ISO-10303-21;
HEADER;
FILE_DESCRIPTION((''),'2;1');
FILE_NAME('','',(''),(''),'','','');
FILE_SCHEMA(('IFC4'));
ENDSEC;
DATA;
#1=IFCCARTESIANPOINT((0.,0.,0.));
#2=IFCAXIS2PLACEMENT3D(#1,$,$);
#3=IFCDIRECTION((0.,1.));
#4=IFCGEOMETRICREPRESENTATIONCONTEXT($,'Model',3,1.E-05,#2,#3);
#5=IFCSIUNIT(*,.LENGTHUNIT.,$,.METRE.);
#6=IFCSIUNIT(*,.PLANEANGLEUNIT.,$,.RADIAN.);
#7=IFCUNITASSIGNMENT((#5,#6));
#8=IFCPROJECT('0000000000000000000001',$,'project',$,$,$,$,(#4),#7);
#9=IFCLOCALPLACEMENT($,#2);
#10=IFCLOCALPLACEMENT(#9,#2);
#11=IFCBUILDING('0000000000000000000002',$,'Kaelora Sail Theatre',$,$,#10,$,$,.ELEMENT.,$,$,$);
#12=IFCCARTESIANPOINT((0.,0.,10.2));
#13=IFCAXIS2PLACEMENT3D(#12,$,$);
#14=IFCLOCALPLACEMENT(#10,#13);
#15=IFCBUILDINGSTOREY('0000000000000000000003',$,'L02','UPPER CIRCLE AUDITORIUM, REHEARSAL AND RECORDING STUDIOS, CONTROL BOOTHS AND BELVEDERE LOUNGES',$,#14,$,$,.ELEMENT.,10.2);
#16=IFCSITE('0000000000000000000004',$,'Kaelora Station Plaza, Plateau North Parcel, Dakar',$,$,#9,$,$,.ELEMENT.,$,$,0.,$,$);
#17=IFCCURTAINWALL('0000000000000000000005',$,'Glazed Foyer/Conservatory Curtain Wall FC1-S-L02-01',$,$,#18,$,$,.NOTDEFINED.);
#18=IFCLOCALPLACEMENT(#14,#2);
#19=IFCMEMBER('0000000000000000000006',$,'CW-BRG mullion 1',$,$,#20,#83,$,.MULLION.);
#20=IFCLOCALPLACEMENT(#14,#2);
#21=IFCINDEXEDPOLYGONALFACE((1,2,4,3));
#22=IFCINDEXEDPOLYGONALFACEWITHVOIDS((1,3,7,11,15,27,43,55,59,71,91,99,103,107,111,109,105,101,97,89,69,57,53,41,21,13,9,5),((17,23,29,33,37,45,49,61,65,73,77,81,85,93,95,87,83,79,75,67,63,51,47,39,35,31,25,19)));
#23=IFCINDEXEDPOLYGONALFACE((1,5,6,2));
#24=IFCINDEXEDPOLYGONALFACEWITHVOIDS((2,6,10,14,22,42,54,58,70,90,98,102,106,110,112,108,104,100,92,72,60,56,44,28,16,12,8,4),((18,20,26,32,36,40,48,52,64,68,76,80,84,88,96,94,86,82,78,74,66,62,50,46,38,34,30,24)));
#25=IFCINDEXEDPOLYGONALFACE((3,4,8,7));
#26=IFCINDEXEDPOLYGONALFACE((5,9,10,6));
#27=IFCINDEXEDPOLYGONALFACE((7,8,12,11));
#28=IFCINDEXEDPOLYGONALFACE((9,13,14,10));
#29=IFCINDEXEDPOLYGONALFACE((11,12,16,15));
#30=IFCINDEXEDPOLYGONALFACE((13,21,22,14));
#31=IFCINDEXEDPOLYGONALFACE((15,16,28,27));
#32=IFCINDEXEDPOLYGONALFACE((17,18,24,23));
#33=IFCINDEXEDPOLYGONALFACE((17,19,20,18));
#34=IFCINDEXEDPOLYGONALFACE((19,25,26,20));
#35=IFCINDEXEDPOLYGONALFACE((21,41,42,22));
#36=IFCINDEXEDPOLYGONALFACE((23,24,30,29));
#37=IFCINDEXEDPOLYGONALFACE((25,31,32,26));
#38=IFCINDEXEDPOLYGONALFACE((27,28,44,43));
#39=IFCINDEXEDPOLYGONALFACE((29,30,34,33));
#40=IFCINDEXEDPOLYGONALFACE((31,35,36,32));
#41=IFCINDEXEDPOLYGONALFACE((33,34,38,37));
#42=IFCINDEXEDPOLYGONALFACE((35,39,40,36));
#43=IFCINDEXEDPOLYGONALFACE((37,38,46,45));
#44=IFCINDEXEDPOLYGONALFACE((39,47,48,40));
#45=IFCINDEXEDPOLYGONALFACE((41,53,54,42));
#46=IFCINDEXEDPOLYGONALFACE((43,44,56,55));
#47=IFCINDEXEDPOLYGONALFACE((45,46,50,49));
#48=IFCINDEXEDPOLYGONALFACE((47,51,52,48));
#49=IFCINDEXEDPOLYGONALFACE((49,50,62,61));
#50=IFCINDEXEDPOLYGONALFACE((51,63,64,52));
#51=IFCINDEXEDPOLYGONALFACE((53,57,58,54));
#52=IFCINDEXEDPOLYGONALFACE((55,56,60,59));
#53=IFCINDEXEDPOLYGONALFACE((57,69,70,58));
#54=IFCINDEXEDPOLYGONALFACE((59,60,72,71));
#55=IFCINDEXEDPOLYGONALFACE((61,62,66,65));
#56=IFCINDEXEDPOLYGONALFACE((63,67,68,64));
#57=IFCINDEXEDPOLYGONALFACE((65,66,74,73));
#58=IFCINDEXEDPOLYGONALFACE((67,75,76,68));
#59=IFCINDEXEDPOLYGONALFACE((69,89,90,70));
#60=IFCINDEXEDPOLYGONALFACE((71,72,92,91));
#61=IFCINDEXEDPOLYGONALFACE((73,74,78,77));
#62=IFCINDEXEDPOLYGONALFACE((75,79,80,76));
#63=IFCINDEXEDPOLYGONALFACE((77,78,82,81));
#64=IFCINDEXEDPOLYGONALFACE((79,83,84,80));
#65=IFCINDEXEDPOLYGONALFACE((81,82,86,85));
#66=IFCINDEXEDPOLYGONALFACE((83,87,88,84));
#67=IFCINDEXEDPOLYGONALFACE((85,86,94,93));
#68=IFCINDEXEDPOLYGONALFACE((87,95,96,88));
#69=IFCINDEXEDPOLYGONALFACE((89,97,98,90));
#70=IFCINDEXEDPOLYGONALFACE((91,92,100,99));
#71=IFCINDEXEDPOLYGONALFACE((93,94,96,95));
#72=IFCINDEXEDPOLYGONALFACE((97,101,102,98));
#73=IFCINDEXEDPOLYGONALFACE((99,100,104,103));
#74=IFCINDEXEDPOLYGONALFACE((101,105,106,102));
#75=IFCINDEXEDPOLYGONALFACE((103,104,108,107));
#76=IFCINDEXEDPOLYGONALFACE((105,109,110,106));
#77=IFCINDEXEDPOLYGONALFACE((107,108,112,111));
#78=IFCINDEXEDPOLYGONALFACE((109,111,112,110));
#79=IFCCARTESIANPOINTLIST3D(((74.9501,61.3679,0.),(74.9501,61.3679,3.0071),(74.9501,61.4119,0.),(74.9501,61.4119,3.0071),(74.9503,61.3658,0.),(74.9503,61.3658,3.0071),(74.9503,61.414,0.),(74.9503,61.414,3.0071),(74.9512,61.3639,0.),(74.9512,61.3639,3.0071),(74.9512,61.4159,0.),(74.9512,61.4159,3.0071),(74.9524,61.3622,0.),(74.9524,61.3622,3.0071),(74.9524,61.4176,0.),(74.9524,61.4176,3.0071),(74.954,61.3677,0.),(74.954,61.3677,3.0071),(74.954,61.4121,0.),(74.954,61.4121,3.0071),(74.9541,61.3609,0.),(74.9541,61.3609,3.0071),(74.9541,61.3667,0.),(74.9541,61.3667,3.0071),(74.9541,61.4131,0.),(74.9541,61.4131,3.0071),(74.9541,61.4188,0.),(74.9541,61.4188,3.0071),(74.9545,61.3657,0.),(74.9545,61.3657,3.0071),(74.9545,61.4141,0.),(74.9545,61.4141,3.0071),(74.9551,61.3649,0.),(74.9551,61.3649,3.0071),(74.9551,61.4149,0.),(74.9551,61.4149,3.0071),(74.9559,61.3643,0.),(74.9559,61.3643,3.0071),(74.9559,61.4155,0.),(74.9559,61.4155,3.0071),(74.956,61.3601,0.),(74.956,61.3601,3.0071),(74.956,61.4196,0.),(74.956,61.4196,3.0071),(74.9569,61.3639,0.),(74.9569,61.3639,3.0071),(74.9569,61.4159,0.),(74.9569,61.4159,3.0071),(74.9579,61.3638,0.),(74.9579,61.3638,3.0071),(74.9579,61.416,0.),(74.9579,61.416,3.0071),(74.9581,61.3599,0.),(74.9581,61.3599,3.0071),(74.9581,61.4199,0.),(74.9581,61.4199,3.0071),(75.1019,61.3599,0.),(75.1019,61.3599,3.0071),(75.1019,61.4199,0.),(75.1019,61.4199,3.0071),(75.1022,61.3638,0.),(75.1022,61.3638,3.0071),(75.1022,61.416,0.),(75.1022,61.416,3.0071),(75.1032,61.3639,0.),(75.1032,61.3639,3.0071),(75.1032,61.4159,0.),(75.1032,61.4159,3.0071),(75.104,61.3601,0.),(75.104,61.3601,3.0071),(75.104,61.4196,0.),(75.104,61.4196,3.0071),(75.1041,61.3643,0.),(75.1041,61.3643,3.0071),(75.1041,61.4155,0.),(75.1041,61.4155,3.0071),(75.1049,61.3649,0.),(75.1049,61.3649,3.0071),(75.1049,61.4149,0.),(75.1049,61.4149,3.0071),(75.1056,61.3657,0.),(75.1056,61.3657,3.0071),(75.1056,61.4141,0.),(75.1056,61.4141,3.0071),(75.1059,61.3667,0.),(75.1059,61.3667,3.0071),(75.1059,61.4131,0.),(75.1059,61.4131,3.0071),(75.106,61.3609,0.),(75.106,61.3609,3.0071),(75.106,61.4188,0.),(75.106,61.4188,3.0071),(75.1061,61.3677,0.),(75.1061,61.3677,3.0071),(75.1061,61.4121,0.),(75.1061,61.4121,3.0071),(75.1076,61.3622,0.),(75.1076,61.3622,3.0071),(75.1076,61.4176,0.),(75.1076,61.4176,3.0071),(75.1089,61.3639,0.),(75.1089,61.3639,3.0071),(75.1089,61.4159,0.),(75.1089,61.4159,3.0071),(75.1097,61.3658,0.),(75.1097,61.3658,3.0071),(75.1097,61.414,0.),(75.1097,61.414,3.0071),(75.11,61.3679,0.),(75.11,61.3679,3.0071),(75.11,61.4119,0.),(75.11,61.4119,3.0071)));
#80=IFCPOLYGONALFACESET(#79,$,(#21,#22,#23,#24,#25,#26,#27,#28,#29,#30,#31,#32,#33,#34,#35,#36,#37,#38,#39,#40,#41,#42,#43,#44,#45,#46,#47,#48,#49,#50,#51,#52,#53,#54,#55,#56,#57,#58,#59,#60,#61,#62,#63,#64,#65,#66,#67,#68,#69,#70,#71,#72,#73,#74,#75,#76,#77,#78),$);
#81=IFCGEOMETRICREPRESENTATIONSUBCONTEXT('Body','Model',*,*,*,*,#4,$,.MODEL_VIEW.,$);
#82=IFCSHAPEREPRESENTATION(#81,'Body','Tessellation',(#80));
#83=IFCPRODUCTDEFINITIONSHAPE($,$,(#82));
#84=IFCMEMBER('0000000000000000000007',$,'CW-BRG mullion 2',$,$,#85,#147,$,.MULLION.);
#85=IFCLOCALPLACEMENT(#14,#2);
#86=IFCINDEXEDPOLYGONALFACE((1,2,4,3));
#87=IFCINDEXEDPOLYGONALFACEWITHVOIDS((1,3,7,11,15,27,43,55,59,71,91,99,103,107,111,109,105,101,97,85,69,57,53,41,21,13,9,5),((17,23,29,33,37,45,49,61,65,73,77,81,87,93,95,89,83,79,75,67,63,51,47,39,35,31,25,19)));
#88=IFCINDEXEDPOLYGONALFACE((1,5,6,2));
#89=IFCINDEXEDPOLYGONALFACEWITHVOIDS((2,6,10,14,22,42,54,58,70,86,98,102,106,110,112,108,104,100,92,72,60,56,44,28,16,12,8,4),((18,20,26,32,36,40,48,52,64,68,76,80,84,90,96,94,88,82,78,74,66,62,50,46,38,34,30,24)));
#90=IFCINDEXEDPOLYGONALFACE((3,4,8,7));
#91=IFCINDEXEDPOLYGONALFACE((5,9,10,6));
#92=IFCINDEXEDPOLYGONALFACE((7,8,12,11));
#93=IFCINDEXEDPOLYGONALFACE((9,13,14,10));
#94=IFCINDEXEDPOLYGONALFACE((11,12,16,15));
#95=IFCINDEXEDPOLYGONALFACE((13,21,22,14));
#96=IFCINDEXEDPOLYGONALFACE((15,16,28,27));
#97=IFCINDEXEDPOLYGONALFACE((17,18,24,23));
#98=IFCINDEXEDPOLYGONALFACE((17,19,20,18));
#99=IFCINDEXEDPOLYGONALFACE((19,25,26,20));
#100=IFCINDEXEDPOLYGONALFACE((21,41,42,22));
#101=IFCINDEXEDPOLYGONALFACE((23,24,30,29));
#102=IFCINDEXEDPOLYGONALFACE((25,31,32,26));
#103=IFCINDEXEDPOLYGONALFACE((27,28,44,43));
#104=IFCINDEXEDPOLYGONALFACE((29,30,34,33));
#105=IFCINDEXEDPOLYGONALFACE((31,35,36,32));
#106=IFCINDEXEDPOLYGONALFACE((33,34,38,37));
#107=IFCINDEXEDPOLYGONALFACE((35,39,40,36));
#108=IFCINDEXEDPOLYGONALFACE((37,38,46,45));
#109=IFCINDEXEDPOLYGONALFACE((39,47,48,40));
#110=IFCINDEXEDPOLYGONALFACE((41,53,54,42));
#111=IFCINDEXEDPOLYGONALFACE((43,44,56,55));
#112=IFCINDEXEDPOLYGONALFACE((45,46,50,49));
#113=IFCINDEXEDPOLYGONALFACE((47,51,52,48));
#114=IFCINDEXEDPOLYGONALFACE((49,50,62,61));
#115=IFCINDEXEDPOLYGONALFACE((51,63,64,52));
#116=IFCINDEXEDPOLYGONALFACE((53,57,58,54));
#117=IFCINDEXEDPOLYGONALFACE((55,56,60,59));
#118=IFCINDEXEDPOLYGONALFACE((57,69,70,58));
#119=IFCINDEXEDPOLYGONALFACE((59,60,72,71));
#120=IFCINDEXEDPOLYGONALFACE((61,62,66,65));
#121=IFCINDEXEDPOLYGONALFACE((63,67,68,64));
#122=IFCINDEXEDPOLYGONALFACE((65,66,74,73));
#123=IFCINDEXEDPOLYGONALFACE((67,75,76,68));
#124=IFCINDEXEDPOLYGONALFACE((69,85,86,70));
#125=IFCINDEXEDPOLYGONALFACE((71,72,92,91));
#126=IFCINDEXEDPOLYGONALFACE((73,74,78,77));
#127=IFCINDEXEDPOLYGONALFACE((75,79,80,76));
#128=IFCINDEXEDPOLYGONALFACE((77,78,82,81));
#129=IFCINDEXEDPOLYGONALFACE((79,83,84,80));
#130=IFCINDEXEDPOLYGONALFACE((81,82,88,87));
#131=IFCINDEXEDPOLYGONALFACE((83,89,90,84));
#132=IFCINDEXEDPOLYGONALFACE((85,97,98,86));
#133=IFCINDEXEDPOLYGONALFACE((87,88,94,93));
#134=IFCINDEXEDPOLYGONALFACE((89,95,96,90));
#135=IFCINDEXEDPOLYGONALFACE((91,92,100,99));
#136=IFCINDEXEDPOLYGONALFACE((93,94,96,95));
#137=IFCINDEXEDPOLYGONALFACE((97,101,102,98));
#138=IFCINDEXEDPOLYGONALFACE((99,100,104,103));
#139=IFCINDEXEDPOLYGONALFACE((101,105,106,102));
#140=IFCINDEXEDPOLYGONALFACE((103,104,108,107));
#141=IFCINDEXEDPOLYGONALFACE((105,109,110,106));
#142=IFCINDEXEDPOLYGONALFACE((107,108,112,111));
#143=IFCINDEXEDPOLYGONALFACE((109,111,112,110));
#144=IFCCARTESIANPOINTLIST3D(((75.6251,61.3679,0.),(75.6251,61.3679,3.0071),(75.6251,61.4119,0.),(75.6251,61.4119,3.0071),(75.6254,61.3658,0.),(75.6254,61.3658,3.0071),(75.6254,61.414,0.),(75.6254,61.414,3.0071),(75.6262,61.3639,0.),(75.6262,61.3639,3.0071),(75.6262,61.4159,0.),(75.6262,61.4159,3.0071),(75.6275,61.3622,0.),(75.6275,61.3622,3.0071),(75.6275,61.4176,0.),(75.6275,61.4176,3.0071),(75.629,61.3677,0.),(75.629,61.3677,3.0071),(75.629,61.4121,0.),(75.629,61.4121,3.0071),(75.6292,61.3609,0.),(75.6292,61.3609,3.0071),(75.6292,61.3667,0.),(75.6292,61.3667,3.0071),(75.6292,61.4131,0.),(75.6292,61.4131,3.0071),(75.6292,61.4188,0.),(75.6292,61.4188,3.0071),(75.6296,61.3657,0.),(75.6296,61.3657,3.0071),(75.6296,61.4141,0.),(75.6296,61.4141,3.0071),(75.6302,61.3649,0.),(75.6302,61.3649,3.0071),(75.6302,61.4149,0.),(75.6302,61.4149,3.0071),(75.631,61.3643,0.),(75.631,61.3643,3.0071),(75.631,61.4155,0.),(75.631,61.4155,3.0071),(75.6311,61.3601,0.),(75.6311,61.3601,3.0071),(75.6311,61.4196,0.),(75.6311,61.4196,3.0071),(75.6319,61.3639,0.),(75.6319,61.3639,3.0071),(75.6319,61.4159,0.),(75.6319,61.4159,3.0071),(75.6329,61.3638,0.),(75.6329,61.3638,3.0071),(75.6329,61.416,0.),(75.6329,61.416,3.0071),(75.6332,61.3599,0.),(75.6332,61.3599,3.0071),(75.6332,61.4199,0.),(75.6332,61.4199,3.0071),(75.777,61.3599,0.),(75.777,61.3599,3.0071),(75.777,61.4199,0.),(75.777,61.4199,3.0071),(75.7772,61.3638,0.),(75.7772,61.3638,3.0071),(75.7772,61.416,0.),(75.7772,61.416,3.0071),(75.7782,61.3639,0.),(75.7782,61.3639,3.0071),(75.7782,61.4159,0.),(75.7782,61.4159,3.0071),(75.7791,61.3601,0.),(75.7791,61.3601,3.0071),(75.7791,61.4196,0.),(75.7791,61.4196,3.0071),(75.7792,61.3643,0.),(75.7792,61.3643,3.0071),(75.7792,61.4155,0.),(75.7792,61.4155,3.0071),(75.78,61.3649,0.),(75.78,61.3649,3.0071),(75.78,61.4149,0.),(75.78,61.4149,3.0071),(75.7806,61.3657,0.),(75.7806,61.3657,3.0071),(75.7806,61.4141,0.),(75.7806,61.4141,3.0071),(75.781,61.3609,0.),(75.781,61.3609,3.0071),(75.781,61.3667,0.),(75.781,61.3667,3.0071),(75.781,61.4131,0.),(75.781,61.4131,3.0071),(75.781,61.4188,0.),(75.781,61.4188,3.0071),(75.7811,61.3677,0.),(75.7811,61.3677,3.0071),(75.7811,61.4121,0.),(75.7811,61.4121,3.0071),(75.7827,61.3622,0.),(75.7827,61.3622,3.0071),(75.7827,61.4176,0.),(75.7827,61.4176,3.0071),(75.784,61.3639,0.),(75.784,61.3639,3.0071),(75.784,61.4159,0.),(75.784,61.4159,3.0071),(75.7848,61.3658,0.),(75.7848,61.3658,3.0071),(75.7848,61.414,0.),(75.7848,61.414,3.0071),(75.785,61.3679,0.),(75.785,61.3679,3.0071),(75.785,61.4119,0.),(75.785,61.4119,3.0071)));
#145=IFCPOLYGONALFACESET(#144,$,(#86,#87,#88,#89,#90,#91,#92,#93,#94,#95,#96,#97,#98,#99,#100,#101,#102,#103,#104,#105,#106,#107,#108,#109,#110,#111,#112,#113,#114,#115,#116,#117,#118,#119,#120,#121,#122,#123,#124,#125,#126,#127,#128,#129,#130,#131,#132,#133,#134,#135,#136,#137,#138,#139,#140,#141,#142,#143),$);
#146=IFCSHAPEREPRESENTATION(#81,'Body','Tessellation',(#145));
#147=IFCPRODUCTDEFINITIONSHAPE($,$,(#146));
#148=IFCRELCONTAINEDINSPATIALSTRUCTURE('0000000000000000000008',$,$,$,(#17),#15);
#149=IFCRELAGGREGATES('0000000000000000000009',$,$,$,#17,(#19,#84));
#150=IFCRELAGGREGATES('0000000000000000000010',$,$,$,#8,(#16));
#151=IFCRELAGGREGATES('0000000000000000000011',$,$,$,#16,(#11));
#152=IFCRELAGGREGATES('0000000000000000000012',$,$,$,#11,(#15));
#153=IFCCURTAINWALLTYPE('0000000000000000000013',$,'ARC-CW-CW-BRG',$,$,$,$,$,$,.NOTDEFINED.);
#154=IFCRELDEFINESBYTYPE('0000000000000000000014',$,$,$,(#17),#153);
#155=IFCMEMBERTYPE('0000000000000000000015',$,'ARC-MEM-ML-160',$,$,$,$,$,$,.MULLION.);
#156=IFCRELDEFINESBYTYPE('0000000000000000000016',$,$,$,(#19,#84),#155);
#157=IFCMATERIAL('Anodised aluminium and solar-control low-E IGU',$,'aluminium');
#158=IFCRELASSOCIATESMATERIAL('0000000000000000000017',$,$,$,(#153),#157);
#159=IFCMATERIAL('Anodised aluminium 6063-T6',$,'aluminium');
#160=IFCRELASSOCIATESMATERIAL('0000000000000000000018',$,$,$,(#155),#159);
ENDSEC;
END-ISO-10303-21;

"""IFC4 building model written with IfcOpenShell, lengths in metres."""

from ifc_helpers import new_model, si_unit, direction, frame, origin, origin_2d, place, context, subcontext, project, spatial, hollow_rectangle, extrude, material, material_profile, profile_set, type_object, element, aggregate, save


model = new_model("IFC4")

# Units and contexts
model_context = context("Model", 3, precision=1e-05, world=origin(), true_north=direction((0.0, 1.0)))
body_context = subcontext(model_context, "Body", "Model", "MODEL_VIEW")
ifc_project = project(units=[si_unit("LENGTHUNIT", "METRE"), si_unit("PLANEANGLEUNIT", "RADIAN")], contexts=[model_context])

# Site, building, storey
site_placement = place(None, origin())
site = spatial("IfcSite", under=ifc_project, at=site_placement, Name="Kaelora Station Plaza, Plateau North Parcel, Dakar", CompositionType="ELEMENT", RefElevation=0.0)
building_placement = place(site_placement, origin())
building = spatial("IfcBuilding", under=site, at=building_placement, Name="Kaelora Sail Theatre", CompositionType="ELEMENT")
storey_placement = place(building_placement, frame((0.0, 0.0, 10.2)))
storey = spatial("IfcBuildingStorey", under=building, at=storey_placement, Name="L02", Description="UPPER CIRCLE AUDITORIUM, REHEARSAL AND RECORDING STUDIOS, CONTROL BOOTHS AND BELVEDERE LOUNGES", CompositionType="ELEMENT", Elevation=10.2)

# Curtain wall, members
ifc_material_1 = material(Name="Anodised aluminium and solar-control low-E IGU", Category="aluminium")
curtain_wall_type = type_object("IfcCurtainWallType", Name="ARC-CW-CW-BRG", PredefinedType="NOTDEFINED", material=ifc_material_1)
ifc_material_2 = material(Name="Anodised aluminium 6063-T6", Category="aluminium")
ifc_material_profile_1 = material_profile(ifc_material_2, hollow_rectangle(XDim=0.0601, YDim=0.1599, WallThickness=0.0039, InnerFilletRadius=0.0039, OuterFilletRadius=0.0081, at=origin_2d()), Name="ALU-MULL 60x160x4")
ifc_profile_set_1 = profile_set([ifc_material_profile_1], Name="Anodised aluminium 6063-T6")
member_type_1 = type_object("IfcMemberType", Name="ARC-MEM-ML-160", PredefinedType="MULLION", material=ifc_profile_set_1)
curtain_wall_1_placement = place(storey_placement, origin())
curtain_wall_1 = element("IfcCurtainWall", 1, at=curtain_wall_1_placement, inside=storey, type_object=curtain_wall_type, Name="Glazed Foyer/Conservatory Curtain Wall FC1-S-L02-01", PredefinedType="NOTDEFINED")
member_1_placement = place(storey_placement, frame((75.03, 61.3899, 0.0), z_axis=(0.0, 0.0, 1.0), x_axis=(0.0, 1.0, 0.0)))
member_1 = element("IfcMember", 2, at=member_1_placement, type_object=member_type_1, Name="CW-BRG mullion 1", PredefinedType="MULLION", context=body_context, shape_type="SweptSolid", body=[
    extrude(hollow_rectangle(XDim=0.0601, YDim=0.1599, WallThickness=0.0039, InnerFilletRadius=0.0039, OuterFilletRadius=0.0081, at=origin_2d()), origin(), (0.0, 0.0, 1.0), 3.0071),
])
member_2_placement = place(storey_placement, frame((75.7051, 61.3899, 0.0), z_axis=(0.0, 0.0, 1.0), x_axis=(0.0, 1.0, 0.0)))
member_2 = element("IfcMember", 3, at=member_2_placement, type_object=member_type_1, Name="CW-BRG mullion 2", PredefinedType="MULLION", context=body_context, shape_type="SweptSolid", body=[
    extrude(hollow_rectangle(XDim=0.0601, YDim=0.1599, WallThickness=0.0039, InnerFilletRadius=0.0039, OuterFilletRadius=0.0081, at=origin_2d()), origin(), (0.0, 0.0, 1.0), 3.0071),
])

aggregate(curtain_wall_1, [member_1, member_2])

save(model, "model.ifc")
